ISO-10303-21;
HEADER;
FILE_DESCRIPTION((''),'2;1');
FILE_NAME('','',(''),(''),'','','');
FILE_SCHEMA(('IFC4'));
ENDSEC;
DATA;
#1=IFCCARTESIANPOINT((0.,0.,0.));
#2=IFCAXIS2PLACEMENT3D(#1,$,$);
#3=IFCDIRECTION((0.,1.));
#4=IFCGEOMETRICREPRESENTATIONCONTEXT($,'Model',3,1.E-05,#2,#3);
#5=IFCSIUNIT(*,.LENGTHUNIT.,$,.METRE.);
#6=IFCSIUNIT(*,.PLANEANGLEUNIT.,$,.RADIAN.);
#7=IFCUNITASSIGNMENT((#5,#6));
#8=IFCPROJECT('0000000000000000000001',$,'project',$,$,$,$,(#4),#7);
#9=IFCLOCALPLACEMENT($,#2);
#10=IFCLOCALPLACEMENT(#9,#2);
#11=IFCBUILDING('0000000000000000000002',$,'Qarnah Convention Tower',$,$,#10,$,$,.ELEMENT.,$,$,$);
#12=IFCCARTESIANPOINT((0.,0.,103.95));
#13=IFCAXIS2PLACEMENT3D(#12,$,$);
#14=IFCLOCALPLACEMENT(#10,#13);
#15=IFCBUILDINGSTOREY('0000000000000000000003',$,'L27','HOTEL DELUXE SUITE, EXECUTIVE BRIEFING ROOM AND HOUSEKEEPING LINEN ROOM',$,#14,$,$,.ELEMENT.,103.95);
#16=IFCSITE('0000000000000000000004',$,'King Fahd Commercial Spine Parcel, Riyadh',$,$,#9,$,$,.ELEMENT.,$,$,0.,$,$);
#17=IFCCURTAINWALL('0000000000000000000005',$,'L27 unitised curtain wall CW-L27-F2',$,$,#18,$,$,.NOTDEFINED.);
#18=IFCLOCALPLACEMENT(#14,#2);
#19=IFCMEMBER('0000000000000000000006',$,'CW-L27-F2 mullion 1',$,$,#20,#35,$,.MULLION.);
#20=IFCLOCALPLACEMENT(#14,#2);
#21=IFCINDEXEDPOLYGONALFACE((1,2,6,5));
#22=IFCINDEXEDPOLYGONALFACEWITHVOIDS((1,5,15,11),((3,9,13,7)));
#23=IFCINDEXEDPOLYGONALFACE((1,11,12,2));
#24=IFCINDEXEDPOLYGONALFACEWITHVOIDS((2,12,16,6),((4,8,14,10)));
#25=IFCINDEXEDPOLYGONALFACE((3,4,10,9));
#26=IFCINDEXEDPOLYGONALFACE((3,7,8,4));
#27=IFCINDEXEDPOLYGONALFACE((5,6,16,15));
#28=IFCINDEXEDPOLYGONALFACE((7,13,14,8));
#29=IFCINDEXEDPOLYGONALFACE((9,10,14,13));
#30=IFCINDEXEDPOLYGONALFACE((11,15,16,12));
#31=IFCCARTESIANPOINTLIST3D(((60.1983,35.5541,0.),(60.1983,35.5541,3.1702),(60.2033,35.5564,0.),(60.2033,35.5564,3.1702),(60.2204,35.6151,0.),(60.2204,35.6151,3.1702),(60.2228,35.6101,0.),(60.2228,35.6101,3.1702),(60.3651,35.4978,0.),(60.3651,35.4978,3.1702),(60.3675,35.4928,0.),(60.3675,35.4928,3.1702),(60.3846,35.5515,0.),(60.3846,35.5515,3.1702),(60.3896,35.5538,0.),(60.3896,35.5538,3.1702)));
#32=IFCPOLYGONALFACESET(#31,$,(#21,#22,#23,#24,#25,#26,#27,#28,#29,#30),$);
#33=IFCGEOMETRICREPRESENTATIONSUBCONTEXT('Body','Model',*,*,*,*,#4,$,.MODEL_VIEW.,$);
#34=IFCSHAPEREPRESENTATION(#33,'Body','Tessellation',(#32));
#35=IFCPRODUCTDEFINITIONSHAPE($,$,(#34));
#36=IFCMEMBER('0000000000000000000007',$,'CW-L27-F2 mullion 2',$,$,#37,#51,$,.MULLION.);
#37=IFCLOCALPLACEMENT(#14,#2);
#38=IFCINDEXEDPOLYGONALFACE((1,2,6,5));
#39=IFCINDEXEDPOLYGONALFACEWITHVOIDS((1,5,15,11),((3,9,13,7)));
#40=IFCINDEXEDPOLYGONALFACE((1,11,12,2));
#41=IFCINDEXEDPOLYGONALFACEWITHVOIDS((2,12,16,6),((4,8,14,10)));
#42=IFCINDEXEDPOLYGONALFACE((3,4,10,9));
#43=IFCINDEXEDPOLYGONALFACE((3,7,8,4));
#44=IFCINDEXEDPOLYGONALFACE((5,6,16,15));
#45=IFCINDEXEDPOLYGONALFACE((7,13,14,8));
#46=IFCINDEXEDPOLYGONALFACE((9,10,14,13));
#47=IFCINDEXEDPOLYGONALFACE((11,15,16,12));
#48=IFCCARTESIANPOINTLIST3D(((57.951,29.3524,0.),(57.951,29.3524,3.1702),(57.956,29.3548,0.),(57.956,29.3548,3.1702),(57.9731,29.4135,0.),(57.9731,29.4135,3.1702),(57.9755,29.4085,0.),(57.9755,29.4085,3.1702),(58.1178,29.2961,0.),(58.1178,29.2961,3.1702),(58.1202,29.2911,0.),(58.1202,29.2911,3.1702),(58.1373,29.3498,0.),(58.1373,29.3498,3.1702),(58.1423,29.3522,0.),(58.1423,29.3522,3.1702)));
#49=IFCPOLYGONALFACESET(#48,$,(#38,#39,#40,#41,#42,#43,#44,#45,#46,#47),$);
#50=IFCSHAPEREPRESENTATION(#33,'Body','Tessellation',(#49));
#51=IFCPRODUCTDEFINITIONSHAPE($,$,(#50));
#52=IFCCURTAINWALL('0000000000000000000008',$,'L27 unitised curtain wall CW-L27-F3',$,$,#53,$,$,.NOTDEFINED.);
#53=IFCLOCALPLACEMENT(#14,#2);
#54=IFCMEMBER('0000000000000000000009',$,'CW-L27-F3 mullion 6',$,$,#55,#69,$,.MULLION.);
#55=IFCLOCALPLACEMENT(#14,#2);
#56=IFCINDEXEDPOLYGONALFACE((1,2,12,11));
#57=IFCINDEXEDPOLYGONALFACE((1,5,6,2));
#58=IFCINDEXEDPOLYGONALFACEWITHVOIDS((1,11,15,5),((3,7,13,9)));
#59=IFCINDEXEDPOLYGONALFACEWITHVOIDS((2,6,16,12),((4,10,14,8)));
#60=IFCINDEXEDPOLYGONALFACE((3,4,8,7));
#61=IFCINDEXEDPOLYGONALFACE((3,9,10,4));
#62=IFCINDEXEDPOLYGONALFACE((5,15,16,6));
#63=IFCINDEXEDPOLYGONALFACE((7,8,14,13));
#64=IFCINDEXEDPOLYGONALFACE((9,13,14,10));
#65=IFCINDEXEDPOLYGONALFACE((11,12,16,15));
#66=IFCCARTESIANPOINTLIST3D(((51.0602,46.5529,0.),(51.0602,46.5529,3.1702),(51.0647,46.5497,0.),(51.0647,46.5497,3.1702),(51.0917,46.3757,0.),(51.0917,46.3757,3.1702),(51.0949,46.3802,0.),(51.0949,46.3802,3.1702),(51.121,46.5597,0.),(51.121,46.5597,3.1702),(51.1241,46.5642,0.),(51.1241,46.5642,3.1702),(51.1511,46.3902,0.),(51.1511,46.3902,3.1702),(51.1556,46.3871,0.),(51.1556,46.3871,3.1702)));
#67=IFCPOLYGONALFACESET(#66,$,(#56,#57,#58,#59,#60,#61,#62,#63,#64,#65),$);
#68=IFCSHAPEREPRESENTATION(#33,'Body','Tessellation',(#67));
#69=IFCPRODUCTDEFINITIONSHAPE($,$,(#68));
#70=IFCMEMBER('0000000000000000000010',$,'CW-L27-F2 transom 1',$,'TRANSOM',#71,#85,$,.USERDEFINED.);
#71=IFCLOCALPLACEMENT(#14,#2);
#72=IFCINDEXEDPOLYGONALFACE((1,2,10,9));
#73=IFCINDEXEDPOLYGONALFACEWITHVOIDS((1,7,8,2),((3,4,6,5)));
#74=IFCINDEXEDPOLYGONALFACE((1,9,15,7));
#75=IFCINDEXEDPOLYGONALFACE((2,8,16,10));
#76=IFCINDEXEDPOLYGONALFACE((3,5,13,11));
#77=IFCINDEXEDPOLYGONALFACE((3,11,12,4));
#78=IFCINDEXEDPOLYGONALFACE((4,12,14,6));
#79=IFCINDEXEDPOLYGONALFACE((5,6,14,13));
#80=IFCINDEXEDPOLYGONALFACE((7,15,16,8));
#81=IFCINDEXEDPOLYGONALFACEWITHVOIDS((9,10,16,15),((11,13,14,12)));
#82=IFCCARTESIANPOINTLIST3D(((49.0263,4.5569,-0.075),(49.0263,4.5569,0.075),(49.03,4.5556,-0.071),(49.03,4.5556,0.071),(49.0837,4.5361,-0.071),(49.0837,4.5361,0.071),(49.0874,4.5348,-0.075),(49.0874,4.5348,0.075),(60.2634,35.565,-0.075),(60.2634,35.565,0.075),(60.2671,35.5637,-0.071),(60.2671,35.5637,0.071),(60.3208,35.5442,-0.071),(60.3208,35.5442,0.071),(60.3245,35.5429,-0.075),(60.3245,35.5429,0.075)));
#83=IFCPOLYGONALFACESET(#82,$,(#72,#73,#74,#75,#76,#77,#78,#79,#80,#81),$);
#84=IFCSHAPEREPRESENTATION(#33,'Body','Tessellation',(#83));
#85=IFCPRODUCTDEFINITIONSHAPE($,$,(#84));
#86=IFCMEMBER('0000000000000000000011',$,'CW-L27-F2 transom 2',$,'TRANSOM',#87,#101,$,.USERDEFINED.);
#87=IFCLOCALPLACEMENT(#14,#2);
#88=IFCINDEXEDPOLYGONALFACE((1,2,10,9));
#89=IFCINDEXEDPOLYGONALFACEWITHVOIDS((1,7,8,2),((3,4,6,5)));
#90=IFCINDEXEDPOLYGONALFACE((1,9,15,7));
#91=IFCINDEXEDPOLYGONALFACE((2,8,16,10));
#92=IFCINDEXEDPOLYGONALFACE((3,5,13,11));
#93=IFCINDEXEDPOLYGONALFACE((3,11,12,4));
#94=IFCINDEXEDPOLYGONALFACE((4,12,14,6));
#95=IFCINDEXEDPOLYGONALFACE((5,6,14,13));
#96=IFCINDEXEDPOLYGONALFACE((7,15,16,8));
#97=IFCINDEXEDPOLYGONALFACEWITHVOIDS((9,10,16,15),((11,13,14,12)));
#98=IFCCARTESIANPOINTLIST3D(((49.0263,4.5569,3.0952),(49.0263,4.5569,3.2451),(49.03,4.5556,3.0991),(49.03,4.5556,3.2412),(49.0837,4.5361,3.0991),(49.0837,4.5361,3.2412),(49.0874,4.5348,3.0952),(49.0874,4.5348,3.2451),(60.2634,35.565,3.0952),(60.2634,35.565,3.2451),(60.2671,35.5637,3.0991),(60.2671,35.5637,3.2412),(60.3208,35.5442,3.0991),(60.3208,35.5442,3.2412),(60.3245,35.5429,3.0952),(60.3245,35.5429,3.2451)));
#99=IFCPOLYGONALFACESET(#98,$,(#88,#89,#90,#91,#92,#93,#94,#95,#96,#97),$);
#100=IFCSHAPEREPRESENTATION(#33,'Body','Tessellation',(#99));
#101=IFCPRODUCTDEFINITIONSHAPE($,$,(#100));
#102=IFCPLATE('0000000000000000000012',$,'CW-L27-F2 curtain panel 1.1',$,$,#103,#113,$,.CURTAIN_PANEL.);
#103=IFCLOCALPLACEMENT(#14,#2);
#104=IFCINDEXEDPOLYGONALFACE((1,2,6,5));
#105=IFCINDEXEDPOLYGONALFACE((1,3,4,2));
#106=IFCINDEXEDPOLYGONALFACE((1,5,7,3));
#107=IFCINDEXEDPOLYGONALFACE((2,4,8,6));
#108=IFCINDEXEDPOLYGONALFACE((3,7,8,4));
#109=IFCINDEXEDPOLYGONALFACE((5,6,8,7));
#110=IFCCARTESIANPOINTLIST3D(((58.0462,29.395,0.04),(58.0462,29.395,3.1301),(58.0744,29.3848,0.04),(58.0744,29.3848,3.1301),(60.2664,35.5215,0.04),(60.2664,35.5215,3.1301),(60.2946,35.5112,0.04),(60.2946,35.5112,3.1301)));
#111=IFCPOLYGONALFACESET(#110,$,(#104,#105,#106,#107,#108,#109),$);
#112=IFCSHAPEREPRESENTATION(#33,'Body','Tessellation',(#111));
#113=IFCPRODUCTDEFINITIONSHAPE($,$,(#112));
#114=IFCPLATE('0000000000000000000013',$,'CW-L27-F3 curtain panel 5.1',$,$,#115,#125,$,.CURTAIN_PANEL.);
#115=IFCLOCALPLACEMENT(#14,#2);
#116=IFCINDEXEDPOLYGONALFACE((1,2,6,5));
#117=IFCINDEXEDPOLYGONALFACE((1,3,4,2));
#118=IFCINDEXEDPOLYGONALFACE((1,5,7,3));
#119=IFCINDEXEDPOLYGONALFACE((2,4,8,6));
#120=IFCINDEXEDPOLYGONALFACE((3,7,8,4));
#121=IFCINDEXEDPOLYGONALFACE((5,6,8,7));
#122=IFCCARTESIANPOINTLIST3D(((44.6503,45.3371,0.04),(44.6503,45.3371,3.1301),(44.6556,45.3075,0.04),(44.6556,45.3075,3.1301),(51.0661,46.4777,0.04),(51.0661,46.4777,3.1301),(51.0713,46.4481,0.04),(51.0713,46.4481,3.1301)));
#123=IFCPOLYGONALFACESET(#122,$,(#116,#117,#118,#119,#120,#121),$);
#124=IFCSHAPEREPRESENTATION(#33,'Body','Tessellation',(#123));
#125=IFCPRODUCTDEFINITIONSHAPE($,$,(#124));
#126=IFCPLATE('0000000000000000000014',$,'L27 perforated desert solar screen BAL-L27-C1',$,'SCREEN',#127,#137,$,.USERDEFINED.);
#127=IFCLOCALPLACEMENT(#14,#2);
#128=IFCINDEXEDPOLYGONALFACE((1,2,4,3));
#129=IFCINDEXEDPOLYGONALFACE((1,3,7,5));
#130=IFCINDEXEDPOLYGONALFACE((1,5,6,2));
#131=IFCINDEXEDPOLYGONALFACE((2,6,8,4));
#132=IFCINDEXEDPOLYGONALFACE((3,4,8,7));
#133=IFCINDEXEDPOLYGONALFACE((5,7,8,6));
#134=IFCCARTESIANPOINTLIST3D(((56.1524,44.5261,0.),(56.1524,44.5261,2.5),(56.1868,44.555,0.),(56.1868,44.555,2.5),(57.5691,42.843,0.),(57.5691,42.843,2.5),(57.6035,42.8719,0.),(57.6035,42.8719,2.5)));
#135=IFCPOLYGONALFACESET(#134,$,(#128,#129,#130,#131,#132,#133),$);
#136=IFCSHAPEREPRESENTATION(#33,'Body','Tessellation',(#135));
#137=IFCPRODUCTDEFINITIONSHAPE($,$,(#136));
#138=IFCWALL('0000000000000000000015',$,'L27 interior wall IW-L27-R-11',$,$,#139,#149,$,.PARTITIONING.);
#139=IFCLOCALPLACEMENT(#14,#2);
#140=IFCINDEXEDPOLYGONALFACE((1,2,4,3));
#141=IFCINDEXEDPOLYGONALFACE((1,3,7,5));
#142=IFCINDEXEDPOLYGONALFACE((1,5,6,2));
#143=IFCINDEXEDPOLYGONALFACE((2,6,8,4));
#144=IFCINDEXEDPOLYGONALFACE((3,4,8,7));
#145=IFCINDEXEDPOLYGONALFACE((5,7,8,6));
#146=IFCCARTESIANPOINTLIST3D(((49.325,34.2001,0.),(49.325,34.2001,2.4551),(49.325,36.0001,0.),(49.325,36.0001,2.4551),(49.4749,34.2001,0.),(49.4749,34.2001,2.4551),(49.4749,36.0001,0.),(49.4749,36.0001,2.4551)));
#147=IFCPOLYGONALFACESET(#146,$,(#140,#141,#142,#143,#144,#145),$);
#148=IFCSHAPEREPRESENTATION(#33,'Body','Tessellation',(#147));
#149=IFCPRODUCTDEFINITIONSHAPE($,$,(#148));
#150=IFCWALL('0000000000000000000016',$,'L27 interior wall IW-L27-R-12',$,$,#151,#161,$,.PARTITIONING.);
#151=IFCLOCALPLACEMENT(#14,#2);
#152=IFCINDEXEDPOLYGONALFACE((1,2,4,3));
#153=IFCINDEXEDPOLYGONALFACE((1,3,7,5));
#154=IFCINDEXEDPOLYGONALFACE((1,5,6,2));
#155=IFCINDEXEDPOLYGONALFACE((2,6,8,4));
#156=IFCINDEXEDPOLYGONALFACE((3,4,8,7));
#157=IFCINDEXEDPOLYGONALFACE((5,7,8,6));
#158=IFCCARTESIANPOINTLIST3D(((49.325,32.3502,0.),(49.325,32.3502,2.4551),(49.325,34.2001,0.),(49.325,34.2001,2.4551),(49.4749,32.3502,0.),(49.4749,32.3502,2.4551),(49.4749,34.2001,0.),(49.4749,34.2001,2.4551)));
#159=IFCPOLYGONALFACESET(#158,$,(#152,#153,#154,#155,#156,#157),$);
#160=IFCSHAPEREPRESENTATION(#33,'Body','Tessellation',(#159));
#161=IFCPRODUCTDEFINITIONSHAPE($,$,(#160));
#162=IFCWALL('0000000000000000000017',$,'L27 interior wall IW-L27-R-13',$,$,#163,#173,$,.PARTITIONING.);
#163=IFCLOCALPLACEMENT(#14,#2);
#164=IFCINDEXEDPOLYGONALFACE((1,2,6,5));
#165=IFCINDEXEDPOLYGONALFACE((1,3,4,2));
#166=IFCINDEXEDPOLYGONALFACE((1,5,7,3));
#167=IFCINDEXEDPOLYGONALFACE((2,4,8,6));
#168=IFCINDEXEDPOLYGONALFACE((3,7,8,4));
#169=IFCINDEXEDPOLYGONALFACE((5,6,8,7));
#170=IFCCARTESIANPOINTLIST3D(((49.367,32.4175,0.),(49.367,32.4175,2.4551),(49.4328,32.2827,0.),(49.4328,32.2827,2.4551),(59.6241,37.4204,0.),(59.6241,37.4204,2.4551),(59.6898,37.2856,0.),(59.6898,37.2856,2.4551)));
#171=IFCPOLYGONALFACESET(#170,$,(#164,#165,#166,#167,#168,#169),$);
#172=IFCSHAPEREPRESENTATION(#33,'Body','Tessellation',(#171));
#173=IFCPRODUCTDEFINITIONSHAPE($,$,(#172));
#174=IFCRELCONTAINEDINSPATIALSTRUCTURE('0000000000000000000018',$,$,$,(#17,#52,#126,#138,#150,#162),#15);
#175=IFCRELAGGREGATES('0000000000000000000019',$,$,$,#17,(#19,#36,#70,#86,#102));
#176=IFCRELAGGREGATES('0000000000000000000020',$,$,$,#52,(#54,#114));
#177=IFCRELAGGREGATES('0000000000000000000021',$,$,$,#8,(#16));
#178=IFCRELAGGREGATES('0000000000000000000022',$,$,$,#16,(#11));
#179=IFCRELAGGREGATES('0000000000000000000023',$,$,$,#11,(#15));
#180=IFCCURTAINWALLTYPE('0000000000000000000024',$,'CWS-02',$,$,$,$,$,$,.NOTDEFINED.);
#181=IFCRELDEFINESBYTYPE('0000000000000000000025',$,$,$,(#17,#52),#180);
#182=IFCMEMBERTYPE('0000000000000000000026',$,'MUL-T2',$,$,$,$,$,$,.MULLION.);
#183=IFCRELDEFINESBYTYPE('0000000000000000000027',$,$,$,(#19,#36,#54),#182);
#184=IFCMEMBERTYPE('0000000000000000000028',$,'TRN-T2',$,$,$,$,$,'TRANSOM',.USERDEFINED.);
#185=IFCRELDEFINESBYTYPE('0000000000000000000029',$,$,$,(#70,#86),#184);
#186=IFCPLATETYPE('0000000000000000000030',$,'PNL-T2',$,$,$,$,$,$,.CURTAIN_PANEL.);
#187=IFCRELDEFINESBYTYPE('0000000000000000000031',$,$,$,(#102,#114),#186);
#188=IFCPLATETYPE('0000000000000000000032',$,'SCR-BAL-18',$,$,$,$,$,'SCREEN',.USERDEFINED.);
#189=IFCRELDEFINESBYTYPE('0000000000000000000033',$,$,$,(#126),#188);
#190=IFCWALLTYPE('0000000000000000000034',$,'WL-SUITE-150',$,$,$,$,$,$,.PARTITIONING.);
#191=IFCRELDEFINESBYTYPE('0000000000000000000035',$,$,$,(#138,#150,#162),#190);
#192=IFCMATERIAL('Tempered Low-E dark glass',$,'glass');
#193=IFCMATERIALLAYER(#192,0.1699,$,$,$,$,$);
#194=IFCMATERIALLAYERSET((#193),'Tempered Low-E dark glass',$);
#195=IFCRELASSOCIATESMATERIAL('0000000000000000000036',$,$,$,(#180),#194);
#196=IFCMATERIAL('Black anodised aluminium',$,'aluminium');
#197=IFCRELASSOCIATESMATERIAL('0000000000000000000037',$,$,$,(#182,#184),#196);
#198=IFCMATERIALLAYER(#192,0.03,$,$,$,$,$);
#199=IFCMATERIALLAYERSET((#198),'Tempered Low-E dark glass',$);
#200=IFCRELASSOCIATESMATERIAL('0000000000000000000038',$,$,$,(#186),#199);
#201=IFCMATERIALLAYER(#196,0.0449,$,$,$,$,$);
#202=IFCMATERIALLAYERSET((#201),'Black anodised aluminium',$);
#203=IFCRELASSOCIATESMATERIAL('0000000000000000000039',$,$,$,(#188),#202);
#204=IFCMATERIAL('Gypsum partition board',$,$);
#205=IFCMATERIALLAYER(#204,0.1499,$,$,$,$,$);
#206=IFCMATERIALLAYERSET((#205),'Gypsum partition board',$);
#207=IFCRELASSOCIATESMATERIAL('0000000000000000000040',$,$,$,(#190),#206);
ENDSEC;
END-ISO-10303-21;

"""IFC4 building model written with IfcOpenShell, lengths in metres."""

from ifc_helpers import new_model, si_unit, direction, frame, frame_2d, origin, origin_2d, place, context, subcontext, project, spatial, rectangle, hollow_rectangle, extrude, material, layer, layer_set, material_profile, profile_set, type_object, element, aggregate, save


model = new_model("IFC4")

# Units and contexts
model_context = context("Model", 3, precision=1e-05, world=origin(), true_north=direction((0.0, 1.0)))
body_context = subcontext(model_context, "Body", "Model", "MODEL_VIEW")
ifc_project = project(units=[si_unit("LENGTHUNIT", "METRE"), si_unit("PLANEANGLEUNIT", "RADIAN")], contexts=[model_context])

# Site, building, storey
site_placement = place(None, origin())
site = spatial("IfcSite", under=ifc_project, at=site_placement, Name="King Fahd Commercial Spine Parcel, Riyadh", CompositionType="ELEMENT", RefElevation=0.0)
building_placement = place(site_placement, origin())
building = spatial("IfcBuilding", under=site, at=building_placement, Name="Qarnah Convention Tower", CompositionType="ELEMENT")
storey_placement = place(building_placement, frame((0.0, 0.0, 103.95)))
storey = spatial("IfcBuildingStorey", under=building, at=storey_placement, Name="L27", Description="HOTEL DELUXE SUITE, EXECUTIVE BRIEFING ROOM AND HOUSEKEEPING LINEN ROOM", CompositionType="ELEMENT", Elevation=103.95)

# Curtain wall, members
ifc_material_1 = material(Name="Tempered Low-E dark glass", Category="glass")
ifc_layer_1 = layer(ifc_material_1, 0.1699)
ifc_layer_set_1 = layer_set([ifc_layer_1], Name="Tempered Low-E dark glass")
curtain_wall_type = type_object("IfcCurtainWallType", Name="CWS-02", PredefinedType="NOTDEFINED", material=ifc_layer_set_1)
curtain_wall_1_placement = place(storey_placement, origin())
curtain_wall_1 = element("IfcCurtainWall", 1, at=curtain_wall_1_placement, inside=storey, type_object=curtain_wall_type, Name="L27 unitised curtain wall CW-L27-F2", PredefinedType="NOTDEFINED")
ifc_material_2 = material(Name="Black anodised aluminium", Category="aluminium")
ifc_material_profile_1 = material_profile(ifc_material_2, hollow_rectangle(XDim=0.0649, YDim=0.1799, WallThickness=0.0039, at=origin_2d()), Name="MUL-65X180")
ifc_profile_set_1 = profile_set([ifc_material_profile_1], Name="Black anodised aluminium")
member_type_1 = type_object("IfcMemberType", Name="MUL-T2", PredefinedType="MULLION", material=ifc_profile_set_1)
member_1_placement = place(storey_placement, frame((60.2939, 35.554, 0.0), z_axis=(0.0, 0.0, 1.0), x_axis=(-0.340708, -0.940169, 0.0)))
member_1 = element("IfcMember", 2, at=member_1_placement, type_object=member_type_1, Name="CW-L27-F2 mullion 1", PredefinedType="MULLION", context=body_context, shape_type="SweptSolid", body=[
    extrude(hollow_rectangle(XDim=0.0649, YDim=0.1799, WallThickness=0.0039, at=origin_2d()), origin(), (0.0, 0.0, 1.0), 3.1702),
])
member_2_placement = place(storey_placement, frame((58.0466, 29.3523, 0.0), z_axis=(0.0, 0.0, 1.0), x_axis=(-0.340708, -0.940169, 0.0)))
member_2 = element("IfcMember", 3, at=member_2_placement, type_object=member_type_1, Name="CW-L27-F2 mullion 2", PredefinedType="MULLION", context=body_context, shape_type="SweptSolid", body=[
    extrude(hollow_rectangle(XDim=0.0649, YDim=0.1799, WallThickness=0.0039, at=origin_2d()), origin(), (0.0, 0.0, 1.0), 3.1702),
])

# Curtain wall, member
curtain_wall_2_placement = place(storey_placement, origin())
curtain_wall_2 = element("IfcCurtainWall", 4, at=curtain_wall_2_placement, inside=storey, type_object=curtain_wall_type, Name="L27 unitised curtain wall CW-L27-F3", PredefinedType="NOTDEFINED")
member_3_placement = place(storey_placement, frame((51.1079, 46.47, 0.0), z_axis=(0.0, 0.0, 1.0), x_axis=(0.984561, 0.175039, 0.0)))
member_3 = element("IfcMember", 5, at=member_3_placement, type_object=member_type_1, Name="CW-L27-F3 mullion 6", PredefinedType="MULLION", context=body_context, shape_type="SweptSolid", body=[
    extrude(hollow_rectangle(XDim=0.0649, YDim=0.1799, WallThickness=0.0039, at=origin_2d()), origin(), (0.0, 0.0, 1.0), 3.1702),
])

# Members
ifc_material_profile_2 = material_profile(ifc_material_2, hollow_rectangle(XDim=0.0649, YDim=0.1499, WallThickness=0.0039, at=origin_2d()), Name="TRN-65X150")
ifc_profile_set_2 = profile_set([ifc_material_profile_2], Name="Black anodised aluminium")
member_type_2 = type_object("IfcMemberType", Name="TRN-T2", ElementType="TRANSOM", PredefinedType="USERDEFINED", material=ifc_profile_set_2)
member_4_placement = place(storey_placement, frame((60.2939, 35.554, 0.0), z_axis=(-0.340709, -0.940169, 0.0), x_axis=(0.940169, -0.340709, 0.0)))
member_4 = element("IfcMember", 6, at=member_4_placement, type_object=member_type_2, Name="CW-L27-F2 transom 1", ObjectType="TRANSOM", PredefinedType="USERDEFINED", context=body_context, shape_type="SweptSolid", body=[
    extrude(hollow_rectangle(XDim=0.0649, YDim=0.1499, WallThickness=0.0039, at=origin_2d()), origin(), (0.0, 0.0, 1.0), 32.9814),
])
member_5_placement = place(storey_placement, frame((60.2939, 35.554, 3.1702), z_axis=(-0.340709, -0.940169, 0.0), x_axis=(0.940169, -0.340709, 0.0)))
member_5 = element("IfcMember", 7, at=member_5_placement, type_object=member_type_2, Name="CW-L27-F2 transom 2", ObjectType="TRANSOM", PredefinedType="USERDEFINED", context=body_context, shape_type="SweptSolid", body=[
    extrude(hollow_rectangle(XDim=0.0649, YDim=0.1499, WallThickness=0.0039, at=origin_2d()), origin(), (0.0, 0.0, 1.0), 32.9814),
])

# Plates
ifc_layer_2 = layer(ifc_material_1, 0.03)
ifc_layer_set_2 = layer_set([ifc_layer_2], Name="Tempered Low-E dark glass")
plate_type_1 = type_object("IfcPlateType", Name="PNL-T2", PredefinedType="CURTAIN_PANEL", material=ifc_layer_set_2)
plate_1_placement = place(storey_placement, frame((59.1704, 32.4531, 0.04), z_axis=(0.0, 0.0, 1.0), x_axis=(-0.340708, -0.940169, 0.0)))
plate_1 = element("IfcPlate", 8, at=plate_1_placement, type_object=plate_type_1, Name="CW-L27-F2 curtain panel 1.1", PredefinedType="CURTAIN_PANEL", context=body_context, shape_type="SweptSolid", body=[
    extrude(rectangle(XDim=6.5164, YDim=0.03, at=origin_2d()), origin(), (0.0, 0.0, 1.0), 3.0901),
])
aggregate(curtain_wall_1, [member_1, member_2, member_4, member_5, plate_1])
plate_2_placement = place(storey_placement, frame((47.8608, 45.8926, 0.04), z_axis=(0.0, 0.0, 1.0), x_axis=(0.984561, 0.175039, 0.0)))
plate_2 = element("IfcPlate", 9, at=plate_2_placement, type_object=plate_type_1, Name="CW-L27-F3 curtain panel 5.1", PredefinedType="CURTAIN_PANEL", context=body_context, shape_type="SweptSolid", body=[
    extrude(rectangle(XDim=6.5164, YDim=0.03, at=origin_2d()), origin(), (0.0, 0.0, 1.0), 3.0901),
])
aggregate(curtain_wall_2, [member_3, plate_2])
ifc_layer_3 = layer(ifc_material_2, 0.0449)
ifc_layer_set_3 = layer_set([ifc_layer_3], Name="Black anodised aluminium")
plate_type_2 = type_object("IfcPlateType", Name="SCR-BAL-18", ElementType="SCREEN", PredefinedType="USERDEFINED", material=ifc_layer_set_3)
plate_3_placement = place(storey_placement, frame((56.8779, 43.699, 0.0), z_axis=(0.0, 0.0, 1.0), x_axis=(0.643962, -0.765057, 0.0)))
element("IfcPlate", 10, at=plate_3_placement, inside=storey, type_object=plate_type_2, Name="L27 perforated desert solar screen BAL-L27-C1", ObjectType="SCREEN", PredefinedType="USERDEFINED", context=body_context, shape_type="SweptSolid", body=[
    extrude(rectangle(XDim=2.2, YDim=0.0449, at=origin_2d()), origin(), (0.0, 0.0, 1.0), 2.5),
])

# Walls
ifc_material_3 = material(Name="Gypsum partition board")
ifc_layer_4 = layer(ifc_material_3, 0.1499)
ifc_layer_set_4 = layer_set([ifc_layer_4], Name="Gypsum partition board")
wall_type_1 = type_object("IfcWallType", Name="WL-SUITE-150", PredefinedType="PARTITIONING", material=ifc_layer_set_4)
wall_1_placement = place(storey_placement, frame((49.3999, 36.0, 0.0), z_axis=(0.0, 0.0, 1.0), x_axis=(0.0, -1.0, 0.0)))
element("IfcWall", 11, at=wall_1_placement, inside=storey, type_object=wall_type_1, Name="L27 interior wall IW-L27-R-11", PredefinedType="PARTITIONING", context=body_context, shape_type="SweptSolid", body=[
    extrude(rectangle(XDim=1.8, YDim=0.1499, at=frame_2d((0.8999, 0.0))), origin(), (0.0, 0.0, 1.0), 2.4551),
])
wall_2_placement = place(storey_placement, frame((49.3999, 34.2, 0.0), z_axis=(0.0, 0.0, 1.0), x_axis=(0.0, -1.0, 0.0)))
element("IfcWall", 12, at=wall_2_placement, inside=storey, type_object=wall_type_1, Name="L27 interior wall IW-L27-R-12", PredefinedType="PARTITIONING", context=body_context, shape_type="SweptSolid", body=[
    extrude(rectangle(XDim=1.8499, YDim=0.1499, at=frame_2d((0.9248, 0.0))), origin(), (0.0, 0.0, 1.0), 2.4551),
])
wall_3_placement = place(storey_placement, frame((49.3999, 32.3501, 0.0), z_axis=(0.0, 0.0, 1.0), x_axis=(0.898787, 0.438387, 0.0)))
element("IfcWall", 13, at=wall_3_placement, inside=storey, type_object=wall_type_1, Name="L27 interior wall IW-L27-R-13", PredefinedType="PARTITIONING", context=body_context, shape_type="SweptSolid", body=[
    extrude(rectangle(XDim=11.4121, YDim=0.1499, at=frame_2d((5.7061, 0.0))), origin(), (0.0, 0.0, 1.0), 2.4551),
])

save(model, "model.ifc")
